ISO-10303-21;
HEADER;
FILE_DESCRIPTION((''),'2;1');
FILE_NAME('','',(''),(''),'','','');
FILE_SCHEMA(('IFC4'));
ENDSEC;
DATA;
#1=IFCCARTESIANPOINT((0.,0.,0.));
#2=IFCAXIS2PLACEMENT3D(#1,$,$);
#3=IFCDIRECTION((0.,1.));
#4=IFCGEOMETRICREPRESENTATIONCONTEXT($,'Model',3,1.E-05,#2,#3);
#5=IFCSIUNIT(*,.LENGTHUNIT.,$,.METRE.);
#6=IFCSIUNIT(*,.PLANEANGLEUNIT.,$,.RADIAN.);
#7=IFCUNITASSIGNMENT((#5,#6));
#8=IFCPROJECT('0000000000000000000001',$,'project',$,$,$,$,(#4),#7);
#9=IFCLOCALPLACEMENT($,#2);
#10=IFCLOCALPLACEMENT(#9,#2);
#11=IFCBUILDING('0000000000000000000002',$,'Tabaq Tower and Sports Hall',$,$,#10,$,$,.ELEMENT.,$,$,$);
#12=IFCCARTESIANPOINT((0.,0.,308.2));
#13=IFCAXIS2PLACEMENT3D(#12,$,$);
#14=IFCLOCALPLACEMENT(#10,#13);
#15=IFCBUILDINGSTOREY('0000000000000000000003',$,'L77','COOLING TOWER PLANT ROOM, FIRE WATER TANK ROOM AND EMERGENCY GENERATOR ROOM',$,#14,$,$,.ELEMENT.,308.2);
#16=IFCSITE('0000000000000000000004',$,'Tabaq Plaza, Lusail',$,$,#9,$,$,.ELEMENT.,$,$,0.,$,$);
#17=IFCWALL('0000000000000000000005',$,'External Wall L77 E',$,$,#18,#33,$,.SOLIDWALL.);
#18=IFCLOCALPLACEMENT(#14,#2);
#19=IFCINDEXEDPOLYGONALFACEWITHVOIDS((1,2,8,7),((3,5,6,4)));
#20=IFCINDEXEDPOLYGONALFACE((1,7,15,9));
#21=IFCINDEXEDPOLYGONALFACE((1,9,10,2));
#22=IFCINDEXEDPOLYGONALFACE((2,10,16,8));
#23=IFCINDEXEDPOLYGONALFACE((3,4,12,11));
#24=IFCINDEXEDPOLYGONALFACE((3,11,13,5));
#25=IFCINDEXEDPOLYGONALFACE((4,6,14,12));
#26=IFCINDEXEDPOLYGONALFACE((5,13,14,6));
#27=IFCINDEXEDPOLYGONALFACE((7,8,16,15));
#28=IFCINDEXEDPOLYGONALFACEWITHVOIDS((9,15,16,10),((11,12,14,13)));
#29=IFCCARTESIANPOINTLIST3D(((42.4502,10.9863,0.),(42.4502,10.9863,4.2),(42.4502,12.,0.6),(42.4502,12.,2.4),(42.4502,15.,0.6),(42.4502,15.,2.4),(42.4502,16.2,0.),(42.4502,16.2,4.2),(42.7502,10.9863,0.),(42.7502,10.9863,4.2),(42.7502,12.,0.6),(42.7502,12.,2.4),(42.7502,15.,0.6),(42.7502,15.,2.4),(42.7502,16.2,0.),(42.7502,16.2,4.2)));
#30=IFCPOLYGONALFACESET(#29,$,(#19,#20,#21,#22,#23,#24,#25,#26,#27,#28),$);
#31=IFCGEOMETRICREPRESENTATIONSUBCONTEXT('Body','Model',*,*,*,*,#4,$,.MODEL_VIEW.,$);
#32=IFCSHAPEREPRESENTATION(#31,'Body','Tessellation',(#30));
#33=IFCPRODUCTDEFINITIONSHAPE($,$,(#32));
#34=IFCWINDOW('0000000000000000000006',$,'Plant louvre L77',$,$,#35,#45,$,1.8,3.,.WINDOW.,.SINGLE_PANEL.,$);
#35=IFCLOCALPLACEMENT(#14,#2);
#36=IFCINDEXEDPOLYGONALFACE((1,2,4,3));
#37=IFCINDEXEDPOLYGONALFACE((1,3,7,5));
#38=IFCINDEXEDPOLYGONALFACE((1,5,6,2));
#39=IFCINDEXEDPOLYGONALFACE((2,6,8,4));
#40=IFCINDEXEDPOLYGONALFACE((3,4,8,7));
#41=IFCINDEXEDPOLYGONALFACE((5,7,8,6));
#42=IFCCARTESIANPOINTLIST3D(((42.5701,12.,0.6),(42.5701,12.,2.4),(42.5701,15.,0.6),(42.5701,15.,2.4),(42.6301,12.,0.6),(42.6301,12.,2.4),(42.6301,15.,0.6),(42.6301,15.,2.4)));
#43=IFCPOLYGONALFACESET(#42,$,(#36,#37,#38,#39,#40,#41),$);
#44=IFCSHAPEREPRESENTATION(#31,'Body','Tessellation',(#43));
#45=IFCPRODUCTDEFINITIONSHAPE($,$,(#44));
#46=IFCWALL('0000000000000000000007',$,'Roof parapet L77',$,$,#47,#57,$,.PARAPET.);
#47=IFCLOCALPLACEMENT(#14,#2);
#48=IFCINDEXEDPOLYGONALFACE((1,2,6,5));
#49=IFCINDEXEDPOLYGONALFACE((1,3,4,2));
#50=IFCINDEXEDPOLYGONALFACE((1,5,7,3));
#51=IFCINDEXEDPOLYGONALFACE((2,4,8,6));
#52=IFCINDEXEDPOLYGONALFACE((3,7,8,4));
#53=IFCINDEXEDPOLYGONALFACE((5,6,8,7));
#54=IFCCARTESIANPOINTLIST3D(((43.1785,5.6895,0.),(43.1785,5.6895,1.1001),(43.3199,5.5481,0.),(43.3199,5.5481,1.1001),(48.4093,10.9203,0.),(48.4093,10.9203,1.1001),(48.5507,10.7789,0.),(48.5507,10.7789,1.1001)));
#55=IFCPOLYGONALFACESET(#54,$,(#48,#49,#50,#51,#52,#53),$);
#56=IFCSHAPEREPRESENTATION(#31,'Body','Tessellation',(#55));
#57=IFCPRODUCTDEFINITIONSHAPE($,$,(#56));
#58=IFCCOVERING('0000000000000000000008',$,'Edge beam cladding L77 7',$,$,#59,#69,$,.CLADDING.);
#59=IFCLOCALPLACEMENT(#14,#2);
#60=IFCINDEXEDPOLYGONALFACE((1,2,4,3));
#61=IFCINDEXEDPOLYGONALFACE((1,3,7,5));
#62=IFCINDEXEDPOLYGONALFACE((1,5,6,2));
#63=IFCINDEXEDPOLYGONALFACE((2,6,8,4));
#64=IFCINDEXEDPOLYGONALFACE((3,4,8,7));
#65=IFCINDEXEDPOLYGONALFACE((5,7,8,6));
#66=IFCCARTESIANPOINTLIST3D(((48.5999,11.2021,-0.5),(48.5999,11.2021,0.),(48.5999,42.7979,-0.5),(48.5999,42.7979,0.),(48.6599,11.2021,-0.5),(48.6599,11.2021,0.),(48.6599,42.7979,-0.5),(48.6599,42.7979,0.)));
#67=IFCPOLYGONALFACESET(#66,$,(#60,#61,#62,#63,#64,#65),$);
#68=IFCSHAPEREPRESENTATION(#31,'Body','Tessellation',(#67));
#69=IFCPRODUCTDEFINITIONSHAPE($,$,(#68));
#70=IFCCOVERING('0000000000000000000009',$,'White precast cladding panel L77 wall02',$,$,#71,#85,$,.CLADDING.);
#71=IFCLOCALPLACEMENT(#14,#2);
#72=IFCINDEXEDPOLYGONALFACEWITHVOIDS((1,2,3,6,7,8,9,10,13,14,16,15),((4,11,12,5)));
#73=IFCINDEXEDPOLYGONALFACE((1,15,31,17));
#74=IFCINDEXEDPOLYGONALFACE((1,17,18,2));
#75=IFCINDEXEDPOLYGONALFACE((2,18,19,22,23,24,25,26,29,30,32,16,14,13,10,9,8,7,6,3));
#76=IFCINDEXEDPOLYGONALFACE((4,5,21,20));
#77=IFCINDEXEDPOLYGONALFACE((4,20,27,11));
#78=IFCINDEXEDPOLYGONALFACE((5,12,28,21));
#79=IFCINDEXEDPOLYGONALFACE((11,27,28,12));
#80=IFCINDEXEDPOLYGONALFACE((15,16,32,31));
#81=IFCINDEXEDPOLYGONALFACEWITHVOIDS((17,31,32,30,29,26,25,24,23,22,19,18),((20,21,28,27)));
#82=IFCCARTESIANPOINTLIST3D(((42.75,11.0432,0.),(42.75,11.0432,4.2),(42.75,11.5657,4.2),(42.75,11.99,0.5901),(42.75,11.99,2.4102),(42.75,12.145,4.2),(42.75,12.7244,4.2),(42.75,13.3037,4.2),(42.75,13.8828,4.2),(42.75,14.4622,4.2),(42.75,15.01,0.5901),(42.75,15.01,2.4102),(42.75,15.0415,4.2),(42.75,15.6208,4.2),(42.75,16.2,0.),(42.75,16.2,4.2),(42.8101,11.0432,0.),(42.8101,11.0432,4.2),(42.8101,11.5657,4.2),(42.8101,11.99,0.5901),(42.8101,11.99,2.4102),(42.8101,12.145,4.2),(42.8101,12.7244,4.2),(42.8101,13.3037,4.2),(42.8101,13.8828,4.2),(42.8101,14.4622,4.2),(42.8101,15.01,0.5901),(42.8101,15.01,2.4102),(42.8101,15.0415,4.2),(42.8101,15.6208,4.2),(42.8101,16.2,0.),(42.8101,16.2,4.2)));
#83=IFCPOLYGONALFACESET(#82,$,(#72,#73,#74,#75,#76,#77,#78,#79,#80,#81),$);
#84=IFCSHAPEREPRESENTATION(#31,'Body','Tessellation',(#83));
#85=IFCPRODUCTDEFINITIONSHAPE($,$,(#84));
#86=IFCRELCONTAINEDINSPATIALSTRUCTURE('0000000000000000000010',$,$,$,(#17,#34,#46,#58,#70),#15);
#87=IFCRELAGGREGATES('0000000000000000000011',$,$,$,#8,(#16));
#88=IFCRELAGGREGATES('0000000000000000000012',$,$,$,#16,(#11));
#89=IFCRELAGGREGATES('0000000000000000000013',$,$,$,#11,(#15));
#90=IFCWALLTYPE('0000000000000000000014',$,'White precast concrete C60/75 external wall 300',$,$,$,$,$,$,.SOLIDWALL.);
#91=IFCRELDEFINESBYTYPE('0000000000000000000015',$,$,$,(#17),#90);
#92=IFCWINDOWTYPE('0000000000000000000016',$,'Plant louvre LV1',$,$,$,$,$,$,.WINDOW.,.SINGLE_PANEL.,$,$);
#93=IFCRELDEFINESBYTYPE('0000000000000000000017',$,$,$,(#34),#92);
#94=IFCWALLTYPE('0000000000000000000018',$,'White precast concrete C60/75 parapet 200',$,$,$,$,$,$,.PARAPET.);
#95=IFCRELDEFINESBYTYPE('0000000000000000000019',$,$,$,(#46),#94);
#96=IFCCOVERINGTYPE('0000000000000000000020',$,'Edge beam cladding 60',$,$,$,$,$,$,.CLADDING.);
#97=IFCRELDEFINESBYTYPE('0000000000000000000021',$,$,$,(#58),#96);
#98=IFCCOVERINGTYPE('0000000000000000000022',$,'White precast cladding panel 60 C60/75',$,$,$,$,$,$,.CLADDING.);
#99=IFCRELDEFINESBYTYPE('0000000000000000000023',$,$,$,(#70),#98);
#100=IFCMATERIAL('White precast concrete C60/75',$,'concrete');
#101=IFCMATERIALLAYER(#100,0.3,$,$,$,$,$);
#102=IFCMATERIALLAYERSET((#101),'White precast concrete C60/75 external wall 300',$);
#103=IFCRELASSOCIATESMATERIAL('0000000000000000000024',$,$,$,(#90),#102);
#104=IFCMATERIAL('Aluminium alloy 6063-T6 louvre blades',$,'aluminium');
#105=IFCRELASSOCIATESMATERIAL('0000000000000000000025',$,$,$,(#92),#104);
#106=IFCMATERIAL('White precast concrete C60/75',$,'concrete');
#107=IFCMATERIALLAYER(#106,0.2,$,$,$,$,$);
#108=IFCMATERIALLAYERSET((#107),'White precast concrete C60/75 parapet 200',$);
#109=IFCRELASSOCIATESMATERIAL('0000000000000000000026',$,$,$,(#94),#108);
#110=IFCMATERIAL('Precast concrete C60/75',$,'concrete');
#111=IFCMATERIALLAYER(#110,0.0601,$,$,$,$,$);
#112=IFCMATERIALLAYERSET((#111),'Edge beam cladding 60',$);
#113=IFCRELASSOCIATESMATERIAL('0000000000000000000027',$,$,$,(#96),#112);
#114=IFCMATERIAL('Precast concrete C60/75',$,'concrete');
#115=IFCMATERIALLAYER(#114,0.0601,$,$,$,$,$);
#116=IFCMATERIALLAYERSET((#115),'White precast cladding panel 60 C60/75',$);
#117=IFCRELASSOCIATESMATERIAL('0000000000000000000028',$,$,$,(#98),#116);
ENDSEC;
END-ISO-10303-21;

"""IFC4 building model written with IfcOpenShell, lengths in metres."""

from ifc_helpers import new_model, si_unit, direction, frame, frame_2d, origin, place, context, subcontext, project, spatial, polyline, rectangle, outline, extrude, material, layer, layer_set, type_object, element, fill, save


model = new_model("IFC4")

# Units and contexts
model_context = context("Model", 3, precision=1e-05, world=origin(), true_north=direction((0.0, 1.0)))
body_context = subcontext(model_context, "Body", "Model", "MODEL_VIEW")
ifc_project = project(units=[si_unit("LENGTHUNIT", "METRE"), si_unit("PLANEANGLEUNIT", "RADIAN")], contexts=[model_context])

# Site, building, storey
site_placement = place(None, origin())
site = spatial("IfcSite", under=ifc_project, at=site_placement, Name="Tabaq Plaza, Lusail", CompositionType="ELEMENT", RefElevation=0.0)
building_placement = place(site_placement, origin())
building = spatial("IfcBuilding", under=site, at=building_placement, Name="Tabaq Tower and Sports Hall", CompositionType="ELEMENT")
storey_placement = place(building_placement, frame((0.0, 0.0, 308.2)))
storey = spatial("IfcBuildingStorey", under=building, at=storey_placement, Name="L77", Description="COOLING TOWER PLANT ROOM, FIRE WATER TANK ROOM AND EMERGENCY GENERATOR ROOM", CompositionType="ELEMENT", Elevation=308.2)

# Wall, opening, window
ifc_material_1 = material(Name="White precast concrete C60/75", Category="concrete")
ifc_layer_1 = layer(ifc_material_1, 0.3)
ifc_layer_set_1 = layer_set([ifc_layer_1], Name="White precast concrete C60/75 external wall 300")
wall_type_1 = type_object("IfcWallType", Name="White precast concrete C60/75 external wall 300", PredefinedType="SOLIDWALL", material=ifc_layer_set_1)
wall_1_placement = place(storey_placement, frame((42.6001, 10.9863, 0.0), z_axis=(0.0, 0.0, 1.0), x_axis=(0.0, 1.0, 0.0)))
wall_1 = element("IfcWall", 1, at=wall_1_placement, inside=storey, type_object=wall_type_1, Name="External Wall L77 E", PredefinedType="SOLIDWALL", context=body_context, shape_type="SweptSolid", body=[
    extrude(outline(polyline([(0.0, 0.0), (5.2136, 0.0), (5.2136, 4.2), (4.6343, 4.2), (4.0549, 4.2), (3.4758, 4.2), (2.8965, 4.2), (2.3171, 4.2), (1.7378, 4.2), (1.1587, 4.2), (0.5793, 4.2), (0.0, 4.2), (0.0, 0.0)])), frame((0.0, 0.1499, 0.0), z_axis=(0.0, -1.0, 0.0), x_axis=(1.0, 0.0, 0.0)), (0.0, 0.0, 1.0), 0.3),
])
opening_1_placement = place(wall_1_placement, frame((1.0137, 0.0, 0.6001)))
opening_1 = element("IfcOpeningElement", 2, at=opening_1_placement, cuts=wall_1, PredefinedType="OPENING", context=body_context, shape_type="SweptSolid", body=[
    extrude(rectangle(XDim=3.0, YDim=1.8, at=frame_2d((1.5, 0.8999))), frame((0.0, 0.1602, 0.0), z_axis=(0.0, -1.0, 0.0), x_axis=(1.0, 0.0, 0.0)), (0.0, 0.0, 1.0), 0.3201),
])
ifc_material_2 = material(Name="Aluminium alloy 6063-T6 louvre blades", Category="aluminium")
window_type = type_object("IfcWindowType", Name="Plant louvre LV1", PartitioningType="SINGLE_PANEL", PredefinedType="WINDOW", material=ifc_material_2)
window_placement = place(opening_1_placement, origin())
window = element("IfcWindow", 3, at=window_placement, inside=storey, type_object=window_type, Name="Plant louvre L77", OverallHeight=1.8, OverallWidth=3.0, PartitioningType="SINGLE_PANEL", PredefinedType="WINDOW", context=body_context, shape_type="SweptSolid", body=[
    extrude(rectangle(XDim=3.0, YDim=1.8, at=frame_2d((1.5, 0.8999))), frame((0.0, 0.03, 0.0), z_axis=(0.0, -1.0, 0.0), x_axis=(1.0, 0.0, 0.0)), (0.0, 0.0, 1.0), 0.0601),
])
fill(opening_1, window)

# Wall
ifc_material_3 = material(Name="White precast concrete C60/75", Category="concrete")
ifc_layer_2 = layer(ifc_material_3, 0.2)
ifc_layer_set_2 = layer_set([ifc_layer_2], Name="White precast concrete C60/75 parapet 200")
wall_type_2 = type_object("IfcWallType", Name="White precast concrete C60/75 parapet 200", PredefinedType="PARAPET", material=ifc_layer_set_2)
wall_2_placement = place(storey_placement, frame((48.48, 10.8496, 0.0), z_axis=(0.0, 0.0, 1.0), x_axis=(-0.707107, -0.707107, 0.0)))
element("IfcWall", 4, at=wall_2_placement, inside=storey, type_object=wall_type_2, Name="Roof parapet L77", PredefinedType="PARAPET", context=body_context, shape_type="SweptSolid", body=[
    extrude(rectangle(XDim=7.3975, YDim=0.2, at=frame_2d((3.6987, 0.0))), origin(), (0.0, 0.0, 1.0), 1.1001),
])

# Coverings
ifc_material_4 = material(Name="Precast concrete C60/75", Category="concrete")
ifc_layer_3 = layer(ifc_material_4, 0.0601)
ifc_layer_set_3 = layer_set([ifc_layer_3], Name="Edge beam cladding 60")
covering_type_1 = type_object("IfcCoveringType", Name="Edge beam cladding 60", PredefinedType="CLADDING", material=ifc_layer_set_3)
covering_1_placement = place(storey_placement, frame((48.6299, 11.2021, -0.5), z_axis=(0.0, 0.0, 1.0), x_axis=(0.0, 1.0, 0.0)))
element("IfcCovering", 5, at=covering_1_placement, inside=storey, type_object=covering_type_1, Name="Edge beam cladding L77 7", PredefinedType="CLADDING", context=body_context, shape_type="SweptSolid", body=[
    extrude(rectangle(XDim=31.5957, YDim=0.0601, at=frame_2d((15.7979, 0.0))), origin(), (0.0, 0.0, 1.0), 0.5),
])
ifc_material_5 = material(Name="Precast concrete C60/75", Category="concrete")
ifc_layer_4 = layer(ifc_material_5, 0.0601)
ifc_layer_set_4 = layer_set([ifc_layer_4], Name="White precast cladding panel 60 C60/75")
covering_type_2 = type_object("IfcCoveringType", Name="White precast cladding panel 60 C60/75", PredefinedType="CLADDING", material=ifc_layer_set_4)
covering_2_placement = place(storey_placement, frame((42.78, 11.0432, 0.0), z_axis=(0.0, 0.0, 1.0), x_axis=(0.0, 1.0, 0.0)))
element("IfcCovering", 6, at=covering_2_placement, inside=storey, type_object=covering_type_2, Name="White precast cladding panel L77 wall02", PredefinedType="CLADDING", context=body_context, shape_type="SweptSolid", body=[
    extrude(outline(polyline([(0.0, 0.0), (5.1567, 0.0), (5.1567, 4.2), (4.5776, 4.2), (3.9983, 4.2), (3.4189, 4.2), (2.8396, 4.2), (2.2605, 4.2), (1.6812, 4.2), (1.1018, 4.2), (0.5225, 4.2), (0.0, 4.2), (0.0, 0.0)]), holes=[polyline([(0.9468, 0.5901), (0.9468, 2.4102), (3.9668, 2.4102), (3.9668, 0.5901), (0.9468, 0.5901)])]), frame((0.0, 0.03, 0.0), z_axis=(0.0, -1.0, 0.0), x_axis=(1.0, 0.0, 0.0)), (0.0, 0.0, 1.0), 0.0601),
])

save(model, "model.ifc")
